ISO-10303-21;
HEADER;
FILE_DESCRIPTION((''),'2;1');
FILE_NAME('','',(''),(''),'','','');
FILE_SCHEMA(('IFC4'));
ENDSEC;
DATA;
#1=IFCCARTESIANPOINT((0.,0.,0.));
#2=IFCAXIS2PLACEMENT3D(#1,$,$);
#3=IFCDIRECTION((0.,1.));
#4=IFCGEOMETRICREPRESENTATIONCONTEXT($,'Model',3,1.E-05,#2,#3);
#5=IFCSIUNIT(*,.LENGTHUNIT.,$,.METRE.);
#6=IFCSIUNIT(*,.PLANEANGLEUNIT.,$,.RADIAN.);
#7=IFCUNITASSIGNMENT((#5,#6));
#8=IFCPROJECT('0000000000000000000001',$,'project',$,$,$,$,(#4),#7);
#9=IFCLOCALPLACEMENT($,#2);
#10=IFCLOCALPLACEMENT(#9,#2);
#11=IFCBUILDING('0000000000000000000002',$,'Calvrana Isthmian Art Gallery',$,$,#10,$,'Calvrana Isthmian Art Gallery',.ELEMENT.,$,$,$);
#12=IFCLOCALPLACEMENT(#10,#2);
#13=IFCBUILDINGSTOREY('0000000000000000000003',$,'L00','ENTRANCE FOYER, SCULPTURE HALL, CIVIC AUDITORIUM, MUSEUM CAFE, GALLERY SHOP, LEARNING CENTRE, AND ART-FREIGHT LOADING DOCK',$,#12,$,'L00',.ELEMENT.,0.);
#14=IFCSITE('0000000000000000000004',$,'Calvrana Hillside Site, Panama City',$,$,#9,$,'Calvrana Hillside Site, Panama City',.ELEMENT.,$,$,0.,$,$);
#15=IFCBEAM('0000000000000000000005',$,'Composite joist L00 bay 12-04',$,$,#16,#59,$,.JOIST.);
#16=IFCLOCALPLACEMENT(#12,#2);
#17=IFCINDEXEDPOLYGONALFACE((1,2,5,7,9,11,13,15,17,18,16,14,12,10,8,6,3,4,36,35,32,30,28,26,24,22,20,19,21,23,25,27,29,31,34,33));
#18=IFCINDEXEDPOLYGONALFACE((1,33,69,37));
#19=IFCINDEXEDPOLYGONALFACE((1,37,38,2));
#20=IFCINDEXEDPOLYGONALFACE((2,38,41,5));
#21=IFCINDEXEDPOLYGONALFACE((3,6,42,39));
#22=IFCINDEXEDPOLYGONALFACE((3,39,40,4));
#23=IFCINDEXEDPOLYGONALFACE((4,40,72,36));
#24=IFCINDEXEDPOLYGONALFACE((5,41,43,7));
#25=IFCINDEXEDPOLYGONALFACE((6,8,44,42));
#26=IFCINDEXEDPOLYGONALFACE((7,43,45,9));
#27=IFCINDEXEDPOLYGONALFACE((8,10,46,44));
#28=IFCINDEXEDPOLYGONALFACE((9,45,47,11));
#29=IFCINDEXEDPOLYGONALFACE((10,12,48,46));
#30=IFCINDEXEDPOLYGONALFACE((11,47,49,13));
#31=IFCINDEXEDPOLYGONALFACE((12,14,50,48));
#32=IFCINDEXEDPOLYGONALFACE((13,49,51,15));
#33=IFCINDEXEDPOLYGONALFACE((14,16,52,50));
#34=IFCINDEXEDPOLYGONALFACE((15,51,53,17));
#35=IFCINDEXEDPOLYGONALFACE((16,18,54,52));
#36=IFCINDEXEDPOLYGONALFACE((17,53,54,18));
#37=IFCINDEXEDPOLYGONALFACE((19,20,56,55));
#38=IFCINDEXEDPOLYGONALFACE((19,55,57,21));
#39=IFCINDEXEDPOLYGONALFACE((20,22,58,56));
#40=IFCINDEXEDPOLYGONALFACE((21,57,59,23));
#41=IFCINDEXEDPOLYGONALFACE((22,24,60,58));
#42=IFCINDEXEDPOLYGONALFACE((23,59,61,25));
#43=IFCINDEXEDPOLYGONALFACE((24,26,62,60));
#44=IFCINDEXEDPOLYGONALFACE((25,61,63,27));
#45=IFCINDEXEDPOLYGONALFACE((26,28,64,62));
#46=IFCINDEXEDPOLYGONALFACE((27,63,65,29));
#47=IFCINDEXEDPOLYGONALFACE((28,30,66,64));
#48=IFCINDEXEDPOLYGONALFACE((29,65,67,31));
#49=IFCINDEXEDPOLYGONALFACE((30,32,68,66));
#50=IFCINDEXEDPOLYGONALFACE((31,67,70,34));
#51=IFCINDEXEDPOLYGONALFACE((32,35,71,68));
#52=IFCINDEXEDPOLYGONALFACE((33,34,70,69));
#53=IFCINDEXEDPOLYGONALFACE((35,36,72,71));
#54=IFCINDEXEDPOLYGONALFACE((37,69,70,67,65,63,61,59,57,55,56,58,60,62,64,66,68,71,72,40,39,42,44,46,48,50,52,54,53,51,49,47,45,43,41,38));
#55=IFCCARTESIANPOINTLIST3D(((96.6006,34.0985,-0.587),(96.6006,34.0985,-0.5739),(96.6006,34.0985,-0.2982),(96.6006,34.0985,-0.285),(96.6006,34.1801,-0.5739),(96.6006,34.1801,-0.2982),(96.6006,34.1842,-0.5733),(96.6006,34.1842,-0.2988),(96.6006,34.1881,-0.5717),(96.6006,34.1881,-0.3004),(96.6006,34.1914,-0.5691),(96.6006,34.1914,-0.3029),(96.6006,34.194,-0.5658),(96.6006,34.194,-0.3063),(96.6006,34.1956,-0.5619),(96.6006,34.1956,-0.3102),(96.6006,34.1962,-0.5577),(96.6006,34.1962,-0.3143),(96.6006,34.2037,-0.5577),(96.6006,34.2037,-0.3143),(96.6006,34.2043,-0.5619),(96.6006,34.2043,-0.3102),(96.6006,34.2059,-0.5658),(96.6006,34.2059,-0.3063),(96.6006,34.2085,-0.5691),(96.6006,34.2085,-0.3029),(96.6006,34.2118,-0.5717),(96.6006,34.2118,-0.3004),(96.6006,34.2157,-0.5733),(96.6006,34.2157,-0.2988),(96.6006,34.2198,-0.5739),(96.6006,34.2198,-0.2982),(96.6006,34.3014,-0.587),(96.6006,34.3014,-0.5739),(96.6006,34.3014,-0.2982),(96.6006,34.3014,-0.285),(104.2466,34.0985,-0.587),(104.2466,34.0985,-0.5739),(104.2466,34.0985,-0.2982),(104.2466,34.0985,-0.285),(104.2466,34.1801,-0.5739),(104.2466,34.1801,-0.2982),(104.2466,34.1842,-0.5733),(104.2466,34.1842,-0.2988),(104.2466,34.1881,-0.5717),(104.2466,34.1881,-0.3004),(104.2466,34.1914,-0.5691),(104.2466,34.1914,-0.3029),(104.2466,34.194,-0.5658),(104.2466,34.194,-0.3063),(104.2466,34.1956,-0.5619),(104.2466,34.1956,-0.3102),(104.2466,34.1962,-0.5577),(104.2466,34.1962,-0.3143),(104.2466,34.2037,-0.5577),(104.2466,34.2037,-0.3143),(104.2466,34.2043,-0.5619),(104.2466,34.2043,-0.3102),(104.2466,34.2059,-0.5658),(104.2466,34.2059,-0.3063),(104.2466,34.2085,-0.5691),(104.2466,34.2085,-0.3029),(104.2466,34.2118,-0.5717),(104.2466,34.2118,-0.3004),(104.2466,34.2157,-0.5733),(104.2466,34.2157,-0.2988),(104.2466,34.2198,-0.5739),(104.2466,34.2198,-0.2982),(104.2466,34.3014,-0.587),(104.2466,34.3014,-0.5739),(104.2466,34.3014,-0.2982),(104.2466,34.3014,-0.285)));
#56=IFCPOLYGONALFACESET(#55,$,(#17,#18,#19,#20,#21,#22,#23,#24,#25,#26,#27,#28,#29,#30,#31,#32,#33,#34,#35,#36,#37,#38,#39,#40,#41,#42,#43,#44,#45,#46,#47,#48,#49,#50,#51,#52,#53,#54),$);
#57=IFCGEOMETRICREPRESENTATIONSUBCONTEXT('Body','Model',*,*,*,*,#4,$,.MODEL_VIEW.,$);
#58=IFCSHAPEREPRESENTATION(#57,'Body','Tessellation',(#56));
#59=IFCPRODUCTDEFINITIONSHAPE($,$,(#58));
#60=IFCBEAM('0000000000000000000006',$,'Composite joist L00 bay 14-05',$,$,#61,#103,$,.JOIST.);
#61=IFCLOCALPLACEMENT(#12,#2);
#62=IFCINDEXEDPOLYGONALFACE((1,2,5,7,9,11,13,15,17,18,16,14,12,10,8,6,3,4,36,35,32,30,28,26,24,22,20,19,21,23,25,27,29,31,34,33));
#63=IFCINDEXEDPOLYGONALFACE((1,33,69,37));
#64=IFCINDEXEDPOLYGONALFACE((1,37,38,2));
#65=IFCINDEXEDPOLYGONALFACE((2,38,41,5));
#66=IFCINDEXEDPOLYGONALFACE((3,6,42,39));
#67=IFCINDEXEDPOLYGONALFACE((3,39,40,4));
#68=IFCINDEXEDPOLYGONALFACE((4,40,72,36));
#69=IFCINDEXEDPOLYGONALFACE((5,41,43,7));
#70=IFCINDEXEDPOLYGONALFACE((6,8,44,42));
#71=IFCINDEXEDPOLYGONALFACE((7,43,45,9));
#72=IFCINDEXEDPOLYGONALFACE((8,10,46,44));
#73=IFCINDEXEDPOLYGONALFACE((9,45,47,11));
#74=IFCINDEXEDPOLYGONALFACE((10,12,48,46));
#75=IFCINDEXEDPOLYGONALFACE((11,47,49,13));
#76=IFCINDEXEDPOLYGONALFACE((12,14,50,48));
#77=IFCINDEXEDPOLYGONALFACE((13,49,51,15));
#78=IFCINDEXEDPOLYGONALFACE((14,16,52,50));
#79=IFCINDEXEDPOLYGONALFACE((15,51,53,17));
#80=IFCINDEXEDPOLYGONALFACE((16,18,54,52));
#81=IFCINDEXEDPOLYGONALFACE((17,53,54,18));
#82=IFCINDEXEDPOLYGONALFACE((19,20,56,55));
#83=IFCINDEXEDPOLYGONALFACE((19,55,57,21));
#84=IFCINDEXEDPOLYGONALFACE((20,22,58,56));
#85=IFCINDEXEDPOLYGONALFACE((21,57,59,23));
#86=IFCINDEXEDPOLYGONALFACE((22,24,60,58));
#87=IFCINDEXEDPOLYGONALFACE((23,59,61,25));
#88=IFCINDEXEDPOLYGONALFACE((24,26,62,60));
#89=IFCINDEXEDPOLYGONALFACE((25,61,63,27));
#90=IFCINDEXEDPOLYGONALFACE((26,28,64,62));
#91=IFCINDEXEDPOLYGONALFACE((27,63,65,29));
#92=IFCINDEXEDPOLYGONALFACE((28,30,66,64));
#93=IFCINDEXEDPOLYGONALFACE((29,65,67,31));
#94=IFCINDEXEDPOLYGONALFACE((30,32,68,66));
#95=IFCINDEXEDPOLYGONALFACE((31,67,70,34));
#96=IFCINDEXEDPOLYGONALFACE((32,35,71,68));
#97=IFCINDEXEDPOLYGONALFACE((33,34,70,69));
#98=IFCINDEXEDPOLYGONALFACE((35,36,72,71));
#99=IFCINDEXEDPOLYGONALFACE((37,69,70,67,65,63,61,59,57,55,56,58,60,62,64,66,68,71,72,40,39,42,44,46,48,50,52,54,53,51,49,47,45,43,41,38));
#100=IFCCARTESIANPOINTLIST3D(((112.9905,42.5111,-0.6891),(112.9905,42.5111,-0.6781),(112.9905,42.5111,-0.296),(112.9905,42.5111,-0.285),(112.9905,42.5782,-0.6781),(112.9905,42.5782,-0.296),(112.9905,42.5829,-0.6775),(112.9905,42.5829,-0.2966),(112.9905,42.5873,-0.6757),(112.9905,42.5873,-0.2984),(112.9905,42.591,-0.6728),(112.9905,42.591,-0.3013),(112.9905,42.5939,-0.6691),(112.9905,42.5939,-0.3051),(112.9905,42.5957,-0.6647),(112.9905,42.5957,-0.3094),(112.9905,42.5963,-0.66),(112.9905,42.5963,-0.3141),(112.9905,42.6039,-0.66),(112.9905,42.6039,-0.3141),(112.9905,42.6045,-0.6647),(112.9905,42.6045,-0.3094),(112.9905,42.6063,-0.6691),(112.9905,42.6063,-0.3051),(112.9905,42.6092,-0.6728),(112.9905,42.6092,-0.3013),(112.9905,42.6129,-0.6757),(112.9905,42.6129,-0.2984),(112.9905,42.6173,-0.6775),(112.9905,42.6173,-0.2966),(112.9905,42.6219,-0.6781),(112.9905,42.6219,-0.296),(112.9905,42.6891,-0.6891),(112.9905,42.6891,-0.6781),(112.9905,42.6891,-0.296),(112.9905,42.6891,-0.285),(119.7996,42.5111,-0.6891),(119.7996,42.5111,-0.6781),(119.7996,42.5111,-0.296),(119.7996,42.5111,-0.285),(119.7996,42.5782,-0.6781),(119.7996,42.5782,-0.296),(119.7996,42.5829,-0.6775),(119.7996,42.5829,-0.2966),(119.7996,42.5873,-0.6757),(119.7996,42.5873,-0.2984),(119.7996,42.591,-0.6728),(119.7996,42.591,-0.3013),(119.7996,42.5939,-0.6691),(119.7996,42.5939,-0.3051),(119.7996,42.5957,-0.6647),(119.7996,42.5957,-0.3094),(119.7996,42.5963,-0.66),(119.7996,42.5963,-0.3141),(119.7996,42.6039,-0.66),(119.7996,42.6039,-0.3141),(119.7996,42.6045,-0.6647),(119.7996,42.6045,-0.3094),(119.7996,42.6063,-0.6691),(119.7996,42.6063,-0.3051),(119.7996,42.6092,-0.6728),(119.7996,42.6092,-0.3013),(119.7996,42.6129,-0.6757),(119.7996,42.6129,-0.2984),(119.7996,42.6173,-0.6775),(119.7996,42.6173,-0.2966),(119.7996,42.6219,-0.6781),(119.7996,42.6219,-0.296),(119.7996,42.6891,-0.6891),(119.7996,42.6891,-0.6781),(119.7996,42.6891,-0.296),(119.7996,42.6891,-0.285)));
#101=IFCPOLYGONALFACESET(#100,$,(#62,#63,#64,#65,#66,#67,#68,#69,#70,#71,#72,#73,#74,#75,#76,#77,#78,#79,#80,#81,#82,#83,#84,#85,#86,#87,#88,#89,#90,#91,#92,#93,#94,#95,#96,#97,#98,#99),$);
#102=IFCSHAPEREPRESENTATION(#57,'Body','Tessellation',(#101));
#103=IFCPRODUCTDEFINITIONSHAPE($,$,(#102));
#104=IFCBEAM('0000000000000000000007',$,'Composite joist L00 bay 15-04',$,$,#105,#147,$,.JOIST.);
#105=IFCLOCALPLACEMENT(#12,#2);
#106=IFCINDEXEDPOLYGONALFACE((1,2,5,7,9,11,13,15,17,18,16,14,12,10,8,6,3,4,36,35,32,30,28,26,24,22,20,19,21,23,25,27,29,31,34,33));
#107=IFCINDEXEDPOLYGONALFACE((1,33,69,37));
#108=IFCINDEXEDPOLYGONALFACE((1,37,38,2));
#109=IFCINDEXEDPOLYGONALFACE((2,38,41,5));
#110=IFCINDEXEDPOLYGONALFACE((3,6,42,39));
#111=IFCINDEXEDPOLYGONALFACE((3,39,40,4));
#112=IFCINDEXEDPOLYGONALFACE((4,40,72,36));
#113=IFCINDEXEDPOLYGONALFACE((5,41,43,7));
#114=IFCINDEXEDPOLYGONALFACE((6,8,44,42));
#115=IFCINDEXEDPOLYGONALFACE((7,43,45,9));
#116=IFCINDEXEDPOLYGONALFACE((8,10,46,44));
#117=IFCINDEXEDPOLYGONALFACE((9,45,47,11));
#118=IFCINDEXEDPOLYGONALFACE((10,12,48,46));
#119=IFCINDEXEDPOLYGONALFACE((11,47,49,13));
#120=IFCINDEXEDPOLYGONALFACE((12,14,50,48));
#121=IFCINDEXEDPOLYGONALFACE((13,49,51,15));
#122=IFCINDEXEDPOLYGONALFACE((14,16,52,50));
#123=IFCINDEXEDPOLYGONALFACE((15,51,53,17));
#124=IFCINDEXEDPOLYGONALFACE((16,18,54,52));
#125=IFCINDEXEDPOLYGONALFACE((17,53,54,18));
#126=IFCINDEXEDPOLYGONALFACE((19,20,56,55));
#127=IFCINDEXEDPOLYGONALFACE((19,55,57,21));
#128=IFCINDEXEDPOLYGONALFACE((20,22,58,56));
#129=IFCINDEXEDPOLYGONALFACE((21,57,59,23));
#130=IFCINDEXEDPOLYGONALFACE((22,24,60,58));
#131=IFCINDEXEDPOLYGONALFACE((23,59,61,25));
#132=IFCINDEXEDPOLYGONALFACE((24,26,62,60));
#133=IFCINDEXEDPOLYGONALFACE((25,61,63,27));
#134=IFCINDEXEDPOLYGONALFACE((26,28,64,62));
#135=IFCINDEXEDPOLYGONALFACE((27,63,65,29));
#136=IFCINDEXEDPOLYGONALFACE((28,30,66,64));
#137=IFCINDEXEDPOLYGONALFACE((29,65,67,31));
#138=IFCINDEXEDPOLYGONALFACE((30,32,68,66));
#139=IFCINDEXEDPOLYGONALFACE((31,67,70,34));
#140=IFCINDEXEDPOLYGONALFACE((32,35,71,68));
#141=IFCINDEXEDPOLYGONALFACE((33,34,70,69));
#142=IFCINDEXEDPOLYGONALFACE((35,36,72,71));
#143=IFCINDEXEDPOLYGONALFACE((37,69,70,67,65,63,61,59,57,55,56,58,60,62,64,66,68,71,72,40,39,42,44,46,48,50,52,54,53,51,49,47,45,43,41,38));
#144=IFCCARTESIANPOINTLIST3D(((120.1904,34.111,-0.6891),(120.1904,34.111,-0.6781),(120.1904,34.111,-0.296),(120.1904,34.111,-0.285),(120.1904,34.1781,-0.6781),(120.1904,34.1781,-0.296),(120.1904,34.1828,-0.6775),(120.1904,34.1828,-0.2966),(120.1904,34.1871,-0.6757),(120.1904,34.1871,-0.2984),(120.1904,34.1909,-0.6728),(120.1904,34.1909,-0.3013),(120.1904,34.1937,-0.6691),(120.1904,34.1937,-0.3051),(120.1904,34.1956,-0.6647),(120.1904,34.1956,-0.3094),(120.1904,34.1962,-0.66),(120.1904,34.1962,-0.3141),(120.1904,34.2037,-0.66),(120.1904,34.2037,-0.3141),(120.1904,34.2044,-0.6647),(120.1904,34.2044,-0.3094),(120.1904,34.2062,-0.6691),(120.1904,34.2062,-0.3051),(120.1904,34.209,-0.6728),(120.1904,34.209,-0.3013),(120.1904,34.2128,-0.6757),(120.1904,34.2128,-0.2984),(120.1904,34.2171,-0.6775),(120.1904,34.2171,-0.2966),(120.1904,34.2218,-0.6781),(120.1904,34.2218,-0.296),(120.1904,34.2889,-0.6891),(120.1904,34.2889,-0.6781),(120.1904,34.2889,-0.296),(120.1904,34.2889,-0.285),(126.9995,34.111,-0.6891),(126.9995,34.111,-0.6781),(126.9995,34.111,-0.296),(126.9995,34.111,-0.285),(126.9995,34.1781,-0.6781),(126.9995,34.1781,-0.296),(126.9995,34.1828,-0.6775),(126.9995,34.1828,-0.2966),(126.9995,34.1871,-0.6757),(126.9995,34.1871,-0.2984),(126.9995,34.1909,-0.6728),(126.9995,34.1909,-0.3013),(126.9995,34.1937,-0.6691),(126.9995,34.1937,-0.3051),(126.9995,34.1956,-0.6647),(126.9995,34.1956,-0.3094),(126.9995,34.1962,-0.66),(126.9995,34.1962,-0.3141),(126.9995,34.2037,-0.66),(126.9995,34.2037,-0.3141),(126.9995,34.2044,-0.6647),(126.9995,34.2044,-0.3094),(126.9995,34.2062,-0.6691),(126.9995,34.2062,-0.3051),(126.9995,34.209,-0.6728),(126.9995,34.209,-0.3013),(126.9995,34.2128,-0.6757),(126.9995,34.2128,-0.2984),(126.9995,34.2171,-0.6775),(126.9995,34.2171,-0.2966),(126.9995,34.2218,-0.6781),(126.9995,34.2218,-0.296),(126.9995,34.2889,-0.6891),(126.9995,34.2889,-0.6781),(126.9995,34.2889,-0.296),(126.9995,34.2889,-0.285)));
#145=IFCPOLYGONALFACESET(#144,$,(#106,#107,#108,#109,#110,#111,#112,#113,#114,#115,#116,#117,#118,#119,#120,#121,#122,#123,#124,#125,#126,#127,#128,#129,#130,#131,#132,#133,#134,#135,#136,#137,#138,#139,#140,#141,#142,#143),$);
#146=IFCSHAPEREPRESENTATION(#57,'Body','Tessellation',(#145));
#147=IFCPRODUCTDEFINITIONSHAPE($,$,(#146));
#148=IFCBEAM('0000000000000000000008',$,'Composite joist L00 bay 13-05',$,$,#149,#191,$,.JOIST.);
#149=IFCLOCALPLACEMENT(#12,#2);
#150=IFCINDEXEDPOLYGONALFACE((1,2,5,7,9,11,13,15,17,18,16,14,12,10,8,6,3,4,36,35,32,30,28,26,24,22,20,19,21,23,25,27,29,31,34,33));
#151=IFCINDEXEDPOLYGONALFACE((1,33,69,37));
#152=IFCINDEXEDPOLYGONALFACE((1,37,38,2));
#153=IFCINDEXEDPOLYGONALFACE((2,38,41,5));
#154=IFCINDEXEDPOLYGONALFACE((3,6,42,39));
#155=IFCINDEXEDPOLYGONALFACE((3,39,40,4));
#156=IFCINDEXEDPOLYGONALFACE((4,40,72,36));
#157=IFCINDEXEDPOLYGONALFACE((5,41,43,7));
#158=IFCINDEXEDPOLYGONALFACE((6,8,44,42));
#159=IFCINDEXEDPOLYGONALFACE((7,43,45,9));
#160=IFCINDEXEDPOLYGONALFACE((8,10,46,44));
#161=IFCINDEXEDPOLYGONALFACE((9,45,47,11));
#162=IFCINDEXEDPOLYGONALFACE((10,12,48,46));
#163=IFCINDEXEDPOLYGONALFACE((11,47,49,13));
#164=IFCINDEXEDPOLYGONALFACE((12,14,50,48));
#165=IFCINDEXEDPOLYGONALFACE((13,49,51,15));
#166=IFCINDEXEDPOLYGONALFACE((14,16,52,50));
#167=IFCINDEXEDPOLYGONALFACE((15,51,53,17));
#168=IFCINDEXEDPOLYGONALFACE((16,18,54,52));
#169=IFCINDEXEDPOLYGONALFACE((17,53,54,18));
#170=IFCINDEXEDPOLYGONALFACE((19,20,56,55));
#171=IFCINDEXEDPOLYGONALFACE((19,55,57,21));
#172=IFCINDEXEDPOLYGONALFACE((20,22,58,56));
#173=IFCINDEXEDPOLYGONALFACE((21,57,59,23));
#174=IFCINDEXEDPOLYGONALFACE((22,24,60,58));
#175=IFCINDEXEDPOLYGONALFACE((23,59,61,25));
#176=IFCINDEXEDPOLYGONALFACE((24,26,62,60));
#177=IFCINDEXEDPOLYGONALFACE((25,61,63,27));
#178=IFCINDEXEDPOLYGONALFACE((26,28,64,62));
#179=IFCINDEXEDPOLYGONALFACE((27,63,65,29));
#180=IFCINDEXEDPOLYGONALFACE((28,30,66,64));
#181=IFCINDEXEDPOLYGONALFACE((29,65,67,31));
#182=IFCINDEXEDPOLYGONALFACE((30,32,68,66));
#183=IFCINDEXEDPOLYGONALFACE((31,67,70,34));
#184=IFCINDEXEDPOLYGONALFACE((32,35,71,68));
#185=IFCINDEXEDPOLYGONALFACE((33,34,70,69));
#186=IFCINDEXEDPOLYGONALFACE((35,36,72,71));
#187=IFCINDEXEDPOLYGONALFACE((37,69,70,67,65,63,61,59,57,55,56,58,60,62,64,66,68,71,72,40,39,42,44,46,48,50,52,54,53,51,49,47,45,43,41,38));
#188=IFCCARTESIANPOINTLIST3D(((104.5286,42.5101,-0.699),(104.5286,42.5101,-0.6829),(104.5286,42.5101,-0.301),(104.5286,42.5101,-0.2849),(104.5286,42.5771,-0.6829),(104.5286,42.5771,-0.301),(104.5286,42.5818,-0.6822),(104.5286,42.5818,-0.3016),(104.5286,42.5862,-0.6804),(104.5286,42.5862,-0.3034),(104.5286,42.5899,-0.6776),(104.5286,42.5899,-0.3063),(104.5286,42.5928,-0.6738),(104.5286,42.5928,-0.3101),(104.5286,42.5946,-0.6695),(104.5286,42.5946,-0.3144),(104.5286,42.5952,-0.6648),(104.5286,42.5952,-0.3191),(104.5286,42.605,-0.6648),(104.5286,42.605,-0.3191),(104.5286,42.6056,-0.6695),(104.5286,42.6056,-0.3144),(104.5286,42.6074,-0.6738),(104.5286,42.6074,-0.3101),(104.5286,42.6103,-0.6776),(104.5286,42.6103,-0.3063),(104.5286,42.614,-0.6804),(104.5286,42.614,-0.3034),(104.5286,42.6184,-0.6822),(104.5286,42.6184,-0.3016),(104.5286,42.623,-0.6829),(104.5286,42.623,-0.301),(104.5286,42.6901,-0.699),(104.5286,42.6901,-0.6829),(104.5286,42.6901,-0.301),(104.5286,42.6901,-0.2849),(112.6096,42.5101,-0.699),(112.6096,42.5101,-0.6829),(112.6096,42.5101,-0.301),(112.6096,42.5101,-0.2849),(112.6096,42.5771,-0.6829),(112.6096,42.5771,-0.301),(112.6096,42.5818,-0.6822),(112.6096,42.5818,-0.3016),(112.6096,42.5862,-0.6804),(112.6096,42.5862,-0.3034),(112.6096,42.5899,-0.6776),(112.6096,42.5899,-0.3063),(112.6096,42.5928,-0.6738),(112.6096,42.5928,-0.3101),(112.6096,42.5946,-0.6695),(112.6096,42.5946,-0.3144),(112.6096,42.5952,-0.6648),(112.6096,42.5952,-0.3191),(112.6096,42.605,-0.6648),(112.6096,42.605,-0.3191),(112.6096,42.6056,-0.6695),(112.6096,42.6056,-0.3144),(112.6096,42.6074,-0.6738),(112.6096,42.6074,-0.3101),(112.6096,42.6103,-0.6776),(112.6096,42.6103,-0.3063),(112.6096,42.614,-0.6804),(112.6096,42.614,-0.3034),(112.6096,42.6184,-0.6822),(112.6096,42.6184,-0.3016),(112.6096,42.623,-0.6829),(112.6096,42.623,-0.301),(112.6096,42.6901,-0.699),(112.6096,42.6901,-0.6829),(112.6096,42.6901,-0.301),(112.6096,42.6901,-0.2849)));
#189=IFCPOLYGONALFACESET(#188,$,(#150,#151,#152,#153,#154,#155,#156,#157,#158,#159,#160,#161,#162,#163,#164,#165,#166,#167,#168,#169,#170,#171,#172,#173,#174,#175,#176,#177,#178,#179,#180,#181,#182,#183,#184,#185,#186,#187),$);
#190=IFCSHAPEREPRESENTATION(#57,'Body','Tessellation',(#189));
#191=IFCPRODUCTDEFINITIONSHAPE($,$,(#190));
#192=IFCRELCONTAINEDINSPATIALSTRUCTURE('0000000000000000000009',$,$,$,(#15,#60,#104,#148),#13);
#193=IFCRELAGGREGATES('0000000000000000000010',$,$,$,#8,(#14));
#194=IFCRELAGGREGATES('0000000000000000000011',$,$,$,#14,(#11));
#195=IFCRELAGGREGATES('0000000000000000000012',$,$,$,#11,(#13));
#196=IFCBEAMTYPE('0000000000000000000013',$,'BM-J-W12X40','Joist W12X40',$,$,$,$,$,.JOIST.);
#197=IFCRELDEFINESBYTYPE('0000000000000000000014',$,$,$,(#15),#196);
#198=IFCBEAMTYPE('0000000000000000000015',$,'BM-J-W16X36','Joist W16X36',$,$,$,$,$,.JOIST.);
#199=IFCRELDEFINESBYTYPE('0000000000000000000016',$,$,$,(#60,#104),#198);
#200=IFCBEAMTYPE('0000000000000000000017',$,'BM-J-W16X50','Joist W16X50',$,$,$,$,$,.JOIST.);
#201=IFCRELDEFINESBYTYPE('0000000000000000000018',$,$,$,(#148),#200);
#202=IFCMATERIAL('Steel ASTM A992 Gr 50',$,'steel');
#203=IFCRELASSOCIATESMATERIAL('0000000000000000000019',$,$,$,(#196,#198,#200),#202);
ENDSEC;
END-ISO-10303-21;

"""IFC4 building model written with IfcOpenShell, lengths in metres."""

from ifc_helpers import new_model, si_unit, direction, frame, origin, origin_2d, place, context, subcontext, project, spatial, i_section, extrude, material, material_profile, profile_set, type_object, element, save


model = new_model("IFC4")

# Units and contexts
model_context = context("Model", 3, precision=1e-05, world=origin(), true_north=direction((0.0, 1.0)))
body_context = subcontext(model_context, "Body", "Model", "MODEL_VIEW")
ifc_project = project(units=[si_unit("LENGTHUNIT", "METRE"), si_unit("PLANEANGLEUNIT", "RADIAN")], contexts=[model_context])

# Site, building, storey
site_placement = place(None, origin())
site = spatial("IfcSite", under=ifc_project, at=site_placement, Name="Calvrana Hillside Site, Panama City", LongName="Calvrana Hillside Site, Panama City", CompositionType="ELEMENT", RefElevation=0.0)
building_placement = place(site_placement, origin())
building = spatial("IfcBuilding", under=site, at=building_placement, Name="Calvrana Isthmian Art Gallery", LongName="Calvrana Isthmian Art Gallery", CompositionType="ELEMENT")
storey_placement = place(building_placement, origin())
storey = spatial("IfcBuildingStorey", under=building, at=storey_placement, Name="L00", Description="ENTRANCE FOYER, SCULPTURE HALL, CIVIC AUDITORIUM, MUSEUM CAFE, GALLERY SHOP, LEARNING CENTRE, AND ART-FREIGHT LOADING DOCK", LongName="L00", CompositionType="ELEMENT", Elevation=0.0)

# Shared definitions
ifc_material_1 = material(Name="Steel ASTM A992 Gr 50", Category="steel")

# Beams
ifc_material_profile_1 = material_profile(ifc_material_1, i_section(OverallWidth=0.2029, OverallDepth=0.302, WebThickness=0.0076, FlangeThickness=0.0132, FilletRadius=0.0161, at=origin_2d()), Name="W12X40")
ifc_profile_set_1 = profile_set([ifc_material_profile_1], Name="Steel ASTM A992 Gr 50")
beam_type_1 = type_object("IfcBeamType", Name="BM-J-W12X40", Description="Joist W12X40", PredefinedType="JOIST", material=ifc_profile_set_1)
beam_1_placement = place(storey_placement, frame((96.6006, 34.2, -0.436), z_axis=(1.0, 0.0, 0.0), x_axis=(0.0, 1.0, 0.0)))
element("IfcBeam", 1, at=beam_1_placement, inside=storey, type_object=beam_type_1, Name="Composite joist L00 bay 12-04", PredefinedType="JOIST", context=body_context, shape_type="SweptSolid", body=[
    extrude(i_section(OverallWidth=0.2029, OverallDepth=0.302, WebThickness=0.0076, FlangeThickness=0.0132, FilletRadius=0.0161, at=origin_2d()), origin(), (0.0, 0.0, 1.0), 7.646),
])
ifc_material_profile_2 = material_profile(ifc_material_1, i_section(OverallWidth=0.178, OverallDepth=0.4041, WebThickness=0.0076, FlangeThickness=0.011, FilletRadius=0.0181, at=origin_2d()), Name="W16X36")
ifc_profile_set_2 = profile_set([ifc_material_profile_2], Name="Steel ASTM A992 Gr 50")
beam_type_2 = type_object("IfcBeamType", Name="BM-J-W16X36", Description="Joist W16X36", PredefinedType="JOIST", material=ifc_profile_set_2)
for number, where, z_axis, x_axis, name in (
    (2, (112.9905, 42.6001, -0.4871), (1.0, 0.0, 0.0), (0.0, 1.0, 0.0), "Composite joist L00 bay 14-05"),
    (3, (120.1904, 34.2, -0.4871), (1.0, 0.0, 0.0), (0.0, 1.0, 0.0), "Composite joist L00 bay 15-04"),
):
    element("IfcBeam", number, at=place(storey_placement, frame(where, z_axis=z_axis, x_axis=x_axis)), inside=storey, type_object=beam_type_2, Name=name, PredefinedType="JOIST", context=body_context, shape_type="SweptSolid", body=[
        extrude(i_section(OverallWidth=0.178, OverallDepth=0.4041, WebThickness=0.0076, FlangeThickness=0.011, FilletRadius=0.0181, at=origin_2d()), origin(), (0.0, 0.0, 1.0), 6.8091),
    ])
ifc_material_profile_3 = material_profile(ifc_material_1, i_section(OverallWidth=0.1799, OverallDepth=0.4141, WebThickness=0.0098, FlangeThickness=0.0161, FilletRadius=0.0181, at=origin_2d()), Name="W16X50")
ifc_profile_set_3 = profile_set([ifc_material_profile_3], Name="Steel ASTM A992 Gr 50")
beam_type_3 = type_object("IfcBeamType", Name="BM-J-W16X50", Description="Joist W16X50", PredefinedType="JOIST", material=ifc_profile_set_3)
beam_2_placement = place(storey_placement, frame((104.5286, 42.6001, -0.4919), z_axis=(1.0, 0.0, 0.0), x_axis=(0.0, 1.0, 0.0)))
element("IfcBeam", 4, at=beam_2_placement, inside=storey, type_object=beam_type_3, Name="Composite joist L00 bay 13-05", PredefinedType="JOIST", context=body_context, shape_type="SweptSolid", body=[
    extrude(i_section(OverallWidth=0.1799, OverallDepth=0.4141, WebThickness=0.0098, FlangeThickness=0.0161, FilletRadius=0.0181, at=origin_2d()), origin(), (0.0, 0.0, 1.0), 8.0811),
])

save(model, "model.ifc")
